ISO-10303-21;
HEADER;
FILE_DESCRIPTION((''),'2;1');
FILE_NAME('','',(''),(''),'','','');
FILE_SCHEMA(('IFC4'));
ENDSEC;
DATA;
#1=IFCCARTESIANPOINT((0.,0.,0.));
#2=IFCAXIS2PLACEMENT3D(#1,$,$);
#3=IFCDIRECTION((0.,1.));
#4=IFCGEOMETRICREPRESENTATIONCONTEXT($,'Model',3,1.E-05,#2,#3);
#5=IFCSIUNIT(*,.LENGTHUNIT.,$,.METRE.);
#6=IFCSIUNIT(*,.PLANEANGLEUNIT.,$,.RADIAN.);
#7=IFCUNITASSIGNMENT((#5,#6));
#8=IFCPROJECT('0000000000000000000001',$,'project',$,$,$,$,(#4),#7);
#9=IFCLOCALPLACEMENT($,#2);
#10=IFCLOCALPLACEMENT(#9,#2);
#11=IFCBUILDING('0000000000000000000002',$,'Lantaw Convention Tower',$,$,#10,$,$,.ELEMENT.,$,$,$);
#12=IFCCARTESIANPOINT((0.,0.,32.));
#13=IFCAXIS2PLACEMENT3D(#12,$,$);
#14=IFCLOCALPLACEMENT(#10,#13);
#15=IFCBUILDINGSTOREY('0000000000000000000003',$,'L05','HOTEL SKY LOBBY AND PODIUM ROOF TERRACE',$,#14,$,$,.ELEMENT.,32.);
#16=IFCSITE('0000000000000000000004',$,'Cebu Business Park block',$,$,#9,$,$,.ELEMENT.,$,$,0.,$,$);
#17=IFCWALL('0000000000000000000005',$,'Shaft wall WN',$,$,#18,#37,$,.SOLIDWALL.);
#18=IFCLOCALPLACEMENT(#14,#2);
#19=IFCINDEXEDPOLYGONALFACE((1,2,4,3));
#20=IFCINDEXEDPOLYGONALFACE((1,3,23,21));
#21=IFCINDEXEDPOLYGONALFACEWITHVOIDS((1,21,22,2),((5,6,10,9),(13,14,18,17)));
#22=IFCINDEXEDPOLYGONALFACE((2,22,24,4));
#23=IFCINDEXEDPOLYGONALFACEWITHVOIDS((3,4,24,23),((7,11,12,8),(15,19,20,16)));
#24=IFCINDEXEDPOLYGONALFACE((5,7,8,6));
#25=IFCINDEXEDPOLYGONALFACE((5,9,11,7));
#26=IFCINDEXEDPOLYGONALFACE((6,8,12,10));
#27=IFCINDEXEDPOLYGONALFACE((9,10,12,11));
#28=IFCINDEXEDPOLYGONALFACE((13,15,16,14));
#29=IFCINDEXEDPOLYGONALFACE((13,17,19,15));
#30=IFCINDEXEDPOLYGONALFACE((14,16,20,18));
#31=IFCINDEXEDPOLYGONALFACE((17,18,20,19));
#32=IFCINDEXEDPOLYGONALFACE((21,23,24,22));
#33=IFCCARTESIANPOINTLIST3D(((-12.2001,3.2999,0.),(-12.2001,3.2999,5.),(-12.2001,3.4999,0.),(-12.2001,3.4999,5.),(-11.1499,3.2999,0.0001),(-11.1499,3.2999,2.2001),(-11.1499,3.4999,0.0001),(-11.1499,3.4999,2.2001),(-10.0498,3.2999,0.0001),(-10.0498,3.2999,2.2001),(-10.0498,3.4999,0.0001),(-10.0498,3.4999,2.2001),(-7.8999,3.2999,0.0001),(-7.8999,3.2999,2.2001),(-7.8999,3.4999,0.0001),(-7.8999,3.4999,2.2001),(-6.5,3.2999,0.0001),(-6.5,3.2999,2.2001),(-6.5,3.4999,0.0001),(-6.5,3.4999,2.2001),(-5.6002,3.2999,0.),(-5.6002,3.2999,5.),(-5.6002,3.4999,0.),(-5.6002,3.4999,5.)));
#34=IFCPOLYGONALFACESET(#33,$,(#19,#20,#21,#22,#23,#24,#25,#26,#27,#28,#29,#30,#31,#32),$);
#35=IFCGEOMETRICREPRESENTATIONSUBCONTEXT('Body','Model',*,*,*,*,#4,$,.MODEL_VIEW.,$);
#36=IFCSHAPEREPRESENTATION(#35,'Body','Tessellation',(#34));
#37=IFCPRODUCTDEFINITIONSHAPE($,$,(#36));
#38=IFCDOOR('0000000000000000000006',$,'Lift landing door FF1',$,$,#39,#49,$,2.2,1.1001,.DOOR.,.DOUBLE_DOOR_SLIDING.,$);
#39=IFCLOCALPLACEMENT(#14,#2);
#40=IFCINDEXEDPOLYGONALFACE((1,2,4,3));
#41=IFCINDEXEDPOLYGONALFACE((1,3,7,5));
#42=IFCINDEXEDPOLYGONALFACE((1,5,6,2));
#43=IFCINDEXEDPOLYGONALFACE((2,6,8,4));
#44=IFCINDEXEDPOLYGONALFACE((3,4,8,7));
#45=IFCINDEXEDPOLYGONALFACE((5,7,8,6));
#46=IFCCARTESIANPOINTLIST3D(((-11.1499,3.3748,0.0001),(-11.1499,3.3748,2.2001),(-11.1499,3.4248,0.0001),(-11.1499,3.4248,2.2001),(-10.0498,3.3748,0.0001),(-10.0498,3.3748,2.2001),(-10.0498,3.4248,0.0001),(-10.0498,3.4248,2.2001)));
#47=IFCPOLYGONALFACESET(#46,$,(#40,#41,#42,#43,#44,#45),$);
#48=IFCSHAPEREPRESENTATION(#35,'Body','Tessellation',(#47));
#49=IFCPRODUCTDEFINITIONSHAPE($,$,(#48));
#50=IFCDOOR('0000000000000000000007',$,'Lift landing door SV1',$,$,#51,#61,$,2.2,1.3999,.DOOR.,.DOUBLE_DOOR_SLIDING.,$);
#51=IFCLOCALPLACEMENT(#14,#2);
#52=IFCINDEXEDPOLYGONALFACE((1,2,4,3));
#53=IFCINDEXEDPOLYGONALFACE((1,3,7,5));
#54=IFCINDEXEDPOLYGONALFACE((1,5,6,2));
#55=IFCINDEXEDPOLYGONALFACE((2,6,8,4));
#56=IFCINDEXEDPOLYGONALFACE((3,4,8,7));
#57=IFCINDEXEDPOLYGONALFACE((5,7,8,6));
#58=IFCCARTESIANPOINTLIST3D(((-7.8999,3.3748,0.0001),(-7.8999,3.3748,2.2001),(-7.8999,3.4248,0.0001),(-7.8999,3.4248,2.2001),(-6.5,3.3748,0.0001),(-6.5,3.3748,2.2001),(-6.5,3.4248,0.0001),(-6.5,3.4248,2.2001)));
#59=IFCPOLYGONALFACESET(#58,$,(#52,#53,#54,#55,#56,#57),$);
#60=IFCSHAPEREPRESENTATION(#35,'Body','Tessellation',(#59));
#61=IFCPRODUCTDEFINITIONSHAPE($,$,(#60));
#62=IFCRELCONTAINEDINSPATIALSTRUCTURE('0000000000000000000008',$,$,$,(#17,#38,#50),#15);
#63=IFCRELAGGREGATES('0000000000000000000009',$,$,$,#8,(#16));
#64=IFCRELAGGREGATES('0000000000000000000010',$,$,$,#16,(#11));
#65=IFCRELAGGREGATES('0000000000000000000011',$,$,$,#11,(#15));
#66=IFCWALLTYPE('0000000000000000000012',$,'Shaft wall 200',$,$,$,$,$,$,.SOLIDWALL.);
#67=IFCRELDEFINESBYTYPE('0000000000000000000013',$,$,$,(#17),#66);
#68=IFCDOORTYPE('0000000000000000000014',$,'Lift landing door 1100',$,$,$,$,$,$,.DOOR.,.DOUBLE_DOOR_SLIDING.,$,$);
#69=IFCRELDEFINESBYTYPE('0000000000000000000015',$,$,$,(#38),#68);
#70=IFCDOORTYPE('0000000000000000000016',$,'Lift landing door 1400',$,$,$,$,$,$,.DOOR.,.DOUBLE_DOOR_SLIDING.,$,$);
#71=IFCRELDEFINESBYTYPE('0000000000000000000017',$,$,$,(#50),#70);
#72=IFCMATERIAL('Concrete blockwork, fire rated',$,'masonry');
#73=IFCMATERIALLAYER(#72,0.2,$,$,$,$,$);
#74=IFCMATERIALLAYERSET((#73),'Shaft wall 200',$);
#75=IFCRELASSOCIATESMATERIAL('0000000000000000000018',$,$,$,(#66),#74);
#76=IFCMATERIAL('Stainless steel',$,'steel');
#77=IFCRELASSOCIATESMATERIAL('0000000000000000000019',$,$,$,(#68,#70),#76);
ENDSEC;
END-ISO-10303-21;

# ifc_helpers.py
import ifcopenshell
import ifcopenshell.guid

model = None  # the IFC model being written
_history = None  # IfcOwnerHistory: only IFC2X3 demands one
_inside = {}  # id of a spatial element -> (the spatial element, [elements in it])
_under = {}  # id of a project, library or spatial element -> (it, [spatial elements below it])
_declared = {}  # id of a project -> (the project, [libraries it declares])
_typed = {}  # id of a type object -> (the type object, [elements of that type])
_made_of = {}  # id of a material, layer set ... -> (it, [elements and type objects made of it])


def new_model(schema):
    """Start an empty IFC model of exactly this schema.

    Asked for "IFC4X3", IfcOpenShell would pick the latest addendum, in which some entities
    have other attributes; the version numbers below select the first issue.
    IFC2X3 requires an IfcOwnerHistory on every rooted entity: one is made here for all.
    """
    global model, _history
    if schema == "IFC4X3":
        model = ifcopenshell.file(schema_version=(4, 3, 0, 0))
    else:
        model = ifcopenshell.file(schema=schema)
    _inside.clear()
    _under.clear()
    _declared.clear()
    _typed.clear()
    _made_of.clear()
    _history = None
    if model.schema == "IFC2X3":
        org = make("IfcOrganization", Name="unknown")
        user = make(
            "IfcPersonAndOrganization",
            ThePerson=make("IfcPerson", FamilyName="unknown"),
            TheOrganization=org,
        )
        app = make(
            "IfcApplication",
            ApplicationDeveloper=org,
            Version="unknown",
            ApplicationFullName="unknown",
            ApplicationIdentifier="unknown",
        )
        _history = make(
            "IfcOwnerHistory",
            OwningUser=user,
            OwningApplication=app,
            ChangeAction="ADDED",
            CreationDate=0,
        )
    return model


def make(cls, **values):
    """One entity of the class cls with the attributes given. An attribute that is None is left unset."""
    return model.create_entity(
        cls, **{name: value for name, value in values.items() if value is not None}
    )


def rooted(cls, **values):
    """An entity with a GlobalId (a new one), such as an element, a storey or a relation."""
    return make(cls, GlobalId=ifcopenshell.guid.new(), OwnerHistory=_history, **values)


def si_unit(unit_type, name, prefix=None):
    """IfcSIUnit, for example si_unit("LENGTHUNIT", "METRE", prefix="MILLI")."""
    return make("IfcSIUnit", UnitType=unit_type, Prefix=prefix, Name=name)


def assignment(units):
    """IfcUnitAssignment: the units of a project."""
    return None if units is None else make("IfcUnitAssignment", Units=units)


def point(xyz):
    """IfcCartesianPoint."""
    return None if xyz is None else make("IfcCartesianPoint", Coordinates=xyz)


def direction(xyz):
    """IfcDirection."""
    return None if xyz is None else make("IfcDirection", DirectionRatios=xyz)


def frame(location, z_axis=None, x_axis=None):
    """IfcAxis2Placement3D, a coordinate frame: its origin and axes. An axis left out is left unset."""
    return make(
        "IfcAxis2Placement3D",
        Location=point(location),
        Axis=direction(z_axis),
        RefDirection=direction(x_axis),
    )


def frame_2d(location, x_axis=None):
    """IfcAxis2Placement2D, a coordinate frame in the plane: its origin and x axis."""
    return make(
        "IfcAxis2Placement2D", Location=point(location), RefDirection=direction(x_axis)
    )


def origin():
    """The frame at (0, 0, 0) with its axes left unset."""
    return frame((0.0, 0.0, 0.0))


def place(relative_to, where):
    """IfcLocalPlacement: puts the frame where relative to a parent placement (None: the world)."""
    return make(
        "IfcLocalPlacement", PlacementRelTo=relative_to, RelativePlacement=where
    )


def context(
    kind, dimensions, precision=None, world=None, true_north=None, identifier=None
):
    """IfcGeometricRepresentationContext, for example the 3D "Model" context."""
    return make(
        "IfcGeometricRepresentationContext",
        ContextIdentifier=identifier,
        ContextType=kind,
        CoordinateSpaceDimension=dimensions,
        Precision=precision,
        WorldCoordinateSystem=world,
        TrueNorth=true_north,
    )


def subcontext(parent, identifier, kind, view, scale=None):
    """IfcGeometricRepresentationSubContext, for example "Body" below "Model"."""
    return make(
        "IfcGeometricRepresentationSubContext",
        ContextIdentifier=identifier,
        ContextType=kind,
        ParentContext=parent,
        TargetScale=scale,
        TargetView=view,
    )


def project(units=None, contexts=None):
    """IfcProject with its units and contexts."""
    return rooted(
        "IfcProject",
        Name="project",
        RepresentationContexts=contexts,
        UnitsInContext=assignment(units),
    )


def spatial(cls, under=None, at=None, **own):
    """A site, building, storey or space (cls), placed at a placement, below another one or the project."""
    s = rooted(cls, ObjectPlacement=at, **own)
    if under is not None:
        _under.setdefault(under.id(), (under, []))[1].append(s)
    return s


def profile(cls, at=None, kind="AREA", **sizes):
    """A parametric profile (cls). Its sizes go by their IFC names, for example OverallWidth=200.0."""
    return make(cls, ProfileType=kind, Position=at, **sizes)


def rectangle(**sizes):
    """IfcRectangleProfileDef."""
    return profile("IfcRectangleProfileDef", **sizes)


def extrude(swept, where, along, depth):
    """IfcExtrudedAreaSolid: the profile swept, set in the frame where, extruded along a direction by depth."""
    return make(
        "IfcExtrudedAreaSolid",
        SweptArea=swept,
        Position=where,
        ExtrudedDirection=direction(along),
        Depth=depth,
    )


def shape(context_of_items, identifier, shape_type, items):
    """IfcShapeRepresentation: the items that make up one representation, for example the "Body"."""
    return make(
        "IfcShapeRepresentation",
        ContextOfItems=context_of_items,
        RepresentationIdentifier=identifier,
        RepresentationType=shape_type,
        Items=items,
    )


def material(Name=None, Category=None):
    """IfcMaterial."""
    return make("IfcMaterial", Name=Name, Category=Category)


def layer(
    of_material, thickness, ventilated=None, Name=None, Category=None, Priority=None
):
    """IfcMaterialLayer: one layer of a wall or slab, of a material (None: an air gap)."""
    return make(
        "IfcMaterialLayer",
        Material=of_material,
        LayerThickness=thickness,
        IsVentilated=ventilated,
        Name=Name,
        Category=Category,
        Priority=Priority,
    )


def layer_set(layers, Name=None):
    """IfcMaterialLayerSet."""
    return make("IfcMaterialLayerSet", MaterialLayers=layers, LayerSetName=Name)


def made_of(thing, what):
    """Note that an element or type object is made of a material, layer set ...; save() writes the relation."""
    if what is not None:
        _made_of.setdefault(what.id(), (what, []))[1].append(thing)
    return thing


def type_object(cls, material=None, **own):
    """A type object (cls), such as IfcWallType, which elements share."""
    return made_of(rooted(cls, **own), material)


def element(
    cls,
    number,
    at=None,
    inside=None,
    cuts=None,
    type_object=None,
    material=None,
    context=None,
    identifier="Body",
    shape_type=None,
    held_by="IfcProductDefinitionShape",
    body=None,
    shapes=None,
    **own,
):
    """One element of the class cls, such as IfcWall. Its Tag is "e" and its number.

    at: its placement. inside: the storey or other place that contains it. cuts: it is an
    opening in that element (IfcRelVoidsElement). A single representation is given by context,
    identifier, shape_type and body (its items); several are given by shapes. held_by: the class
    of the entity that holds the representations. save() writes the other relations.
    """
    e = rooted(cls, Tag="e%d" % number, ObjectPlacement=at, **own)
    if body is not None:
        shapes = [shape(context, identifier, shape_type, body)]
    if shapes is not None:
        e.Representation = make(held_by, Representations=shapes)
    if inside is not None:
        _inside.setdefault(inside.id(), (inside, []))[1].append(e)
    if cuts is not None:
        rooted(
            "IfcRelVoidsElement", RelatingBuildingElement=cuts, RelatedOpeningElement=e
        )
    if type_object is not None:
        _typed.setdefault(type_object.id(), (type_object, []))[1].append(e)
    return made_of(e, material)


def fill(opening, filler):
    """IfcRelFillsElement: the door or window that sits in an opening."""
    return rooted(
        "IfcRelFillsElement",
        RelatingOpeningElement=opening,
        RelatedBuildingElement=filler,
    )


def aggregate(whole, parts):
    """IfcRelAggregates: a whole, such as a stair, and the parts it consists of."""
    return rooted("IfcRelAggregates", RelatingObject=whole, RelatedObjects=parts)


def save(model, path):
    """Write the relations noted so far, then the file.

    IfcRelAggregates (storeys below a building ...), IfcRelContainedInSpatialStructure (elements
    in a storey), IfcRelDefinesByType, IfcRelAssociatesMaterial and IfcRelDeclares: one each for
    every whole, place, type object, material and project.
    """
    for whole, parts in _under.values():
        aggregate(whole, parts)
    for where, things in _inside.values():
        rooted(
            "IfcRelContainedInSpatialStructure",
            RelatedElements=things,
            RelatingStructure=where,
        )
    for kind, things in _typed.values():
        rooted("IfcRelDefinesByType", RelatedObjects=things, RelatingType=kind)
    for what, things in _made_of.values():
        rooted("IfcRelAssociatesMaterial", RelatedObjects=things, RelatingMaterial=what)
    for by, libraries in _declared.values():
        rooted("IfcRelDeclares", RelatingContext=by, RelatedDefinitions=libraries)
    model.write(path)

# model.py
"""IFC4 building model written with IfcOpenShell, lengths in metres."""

from ifc_helpers import new_model, si_unit, direction, frame, frame_2d, origin, place, context, subcontext, project, spatial, rectangle, extrude, material, layer, layer_set, type_object, element, fill, save


model = new_model("IFC4")

# Units and contexts
model_context = context("Model", 3, precision=1e-05, world=origin(), true_north=direction((0.0, 1.0)))
body_context = subcontext(model_context, "Body", "Model", "MODEL_VIEW")
ifc_project = project(units=[si_unit("LENGTHUNIT", "METRE"), si_unit("PLANEANGLEUNIT", "RADIAN")], contexts=[model_context])

# Site, building, storey
site_placement = place(None, origin())
site = spatial("IfcSite", under=ifc_project, at=site_placement, Name="Cebu Business Park block", CompositionType="ELEMENT", RefElevation=0.0)
building_placement = place(site_placement, origin())
building = spatial("IfcBuilding", under=site, at=building_placement, Name="Lantaw Convention Tower", CompositionType="ELEMENT")
storey_placement = place(building_placement, frame((0.0, 0.0, 32.0)))
storey = spatial("IfcBuildingStorey", under=building, at=storey_placement, Name="L05", Description="HOTEL SKY LOBBY AND PODIUM ROOF TERRACE", CompositionType="ELEMENT", Elevation=32.0)

# Wall, openings, doors
ifc_material_1 = material(Name="Concrete blockwork, fire rated", Category="masonry")
ifc_layer_1 = layer(ifc_material_1, 0.2)
ifc_layer_set_1 = layer_set([ifc_layer_1], Name="Shaft wall 200")
wall_type_1 = type_object("IfcWallType", Name="Shaft wall 200", PredefinedType="SOLIDWALL", material=ifc_layer_set_1)
wall_1_placement = place(storey_placement, frame((-12.2, 3.3999, 0.0), z_axis=(0.0, 0.0, 1.0), x_axis=(1.0, 0.0, 0.0)))
wall_1 = element("IfcWall", 1, at=wall_1_placement, inside=storey, type_object=wall_type_1, Name="Shaft wall WN", PredefinedType="SOLIDWALL", context=body_context, shape_type="SweptSolid", body=[
    extrude(rectangle(XDim=6.5999, YDim=0.2, at=frame_2d((3.2998, 0.0))), origin(), (0.0, 0.0, 1.0), 5.0),
])
opening_1_placement = place(wall_1_placement, frame((1.05, 0.0, 0.0)))
opening_1 = element("IfcOpeningElement", 2, at=opening_1_placement, cuts=wall_1, PredefinedType="OPENING", context=body_context, shape_type="SweptSolid", body=[
    extrude(rectangle(XDim=1.1001, YDim=2.2, at=frame_2d((0.55, 1.1001))), frame((0.0, 0.1099, 0.0), z_axis=(0.0, -1.0, 0.0), x_axis=(1.0, 0.0, 0.0)), (0.0, 0.0, 1.0), 0.22),
])
opening_2_placement = place(wall_1_placement, frame((4.3, 0.0, 0.0)))
opening_2 = element("IfcOpeningElement", 3, at=opening_2_placement, cuts=wall_1, PredefinedType="OPENING", context=body_context, shape_type="SweptSolid", body=[
    extrude(rectangle(XDim=1.3999, YDim=2.2, at=frame_2d((0.7, 1.1001))), frame((0.0, 0.1099, 0.0), z_axis=(0.0, -1.0, 0.0), x_axis=(1.0, 0.0, 0.0)), (0.0, 0.0, 1.0), 0.22),
])
ifc_material_2 = material(Name="Stainless steel", Category="steel")
door_type_1 = type_object("IfcDoorType", Name="Lift landing door 1100", OperationType="DOUBLE_DOOR_SLIDING", PredefinedType="DOOR", material=ifc_material_2)
door_1_placement = place(opening_1_placement, origin())
door_1 = element("IfcDoor", 4, at=door_1_placement, inside=storey, type_object=door_type_1, Name="Lift landing door FF1", OperationType="DOUBLE_DOOR_SLIDING", OverallHeight=2.2, OverallWidth=1.1001, PredefinedType="DOOR", context=body_context, shape_type="SweptSolid", body=[
    extrude(rectangle(XDim=1.1001, YDim=2.2, at=frame_2d((0.55, 1.1001))), frame((0.0, 0.0249, 0.0), z_axis=(0.0, -1.0, 0.0), x_axis=(1.0, 0.0, 0.0)), (0.0, 0.0, 1.0), 0.05),
])
fill(opening_1, door_1)
door_type_2 = type_object("IfcDoorType", Name="Lift landing door 1400", OperationType="DOUBLE_DOOR_SLIDING", PredefinedType="DOOR", material=ifc_material_2)
door_2_placement = place(opening_2_placement, origin())
door_2 = element("IfcDoor", 5, at=door_2_placement, inside=storey, type_object=door_type_2, Name="Lift landing door SV1", OperationType="DOUBLE_DOOR_SLIDING", OverallHeight=2.2, OverallWidth=1.3999, PredefinedType="DOOR", context=body_context, shape_type="SweptSolid", body=[
    extrude(rectangle(XDim=1.3999, YDim=2.2, at=frame_2d((0.7, 1.1001))), frame((0.0, 0.0249, 0.0), z_axis=(0.0, -1.0, 0.0), x_axis=(1.0, 0.0, 0.0)), (0.0, 0.0, 1.0), 0.05),
])
fill(opening_2, door_2)

save(model, "model.ifc")
